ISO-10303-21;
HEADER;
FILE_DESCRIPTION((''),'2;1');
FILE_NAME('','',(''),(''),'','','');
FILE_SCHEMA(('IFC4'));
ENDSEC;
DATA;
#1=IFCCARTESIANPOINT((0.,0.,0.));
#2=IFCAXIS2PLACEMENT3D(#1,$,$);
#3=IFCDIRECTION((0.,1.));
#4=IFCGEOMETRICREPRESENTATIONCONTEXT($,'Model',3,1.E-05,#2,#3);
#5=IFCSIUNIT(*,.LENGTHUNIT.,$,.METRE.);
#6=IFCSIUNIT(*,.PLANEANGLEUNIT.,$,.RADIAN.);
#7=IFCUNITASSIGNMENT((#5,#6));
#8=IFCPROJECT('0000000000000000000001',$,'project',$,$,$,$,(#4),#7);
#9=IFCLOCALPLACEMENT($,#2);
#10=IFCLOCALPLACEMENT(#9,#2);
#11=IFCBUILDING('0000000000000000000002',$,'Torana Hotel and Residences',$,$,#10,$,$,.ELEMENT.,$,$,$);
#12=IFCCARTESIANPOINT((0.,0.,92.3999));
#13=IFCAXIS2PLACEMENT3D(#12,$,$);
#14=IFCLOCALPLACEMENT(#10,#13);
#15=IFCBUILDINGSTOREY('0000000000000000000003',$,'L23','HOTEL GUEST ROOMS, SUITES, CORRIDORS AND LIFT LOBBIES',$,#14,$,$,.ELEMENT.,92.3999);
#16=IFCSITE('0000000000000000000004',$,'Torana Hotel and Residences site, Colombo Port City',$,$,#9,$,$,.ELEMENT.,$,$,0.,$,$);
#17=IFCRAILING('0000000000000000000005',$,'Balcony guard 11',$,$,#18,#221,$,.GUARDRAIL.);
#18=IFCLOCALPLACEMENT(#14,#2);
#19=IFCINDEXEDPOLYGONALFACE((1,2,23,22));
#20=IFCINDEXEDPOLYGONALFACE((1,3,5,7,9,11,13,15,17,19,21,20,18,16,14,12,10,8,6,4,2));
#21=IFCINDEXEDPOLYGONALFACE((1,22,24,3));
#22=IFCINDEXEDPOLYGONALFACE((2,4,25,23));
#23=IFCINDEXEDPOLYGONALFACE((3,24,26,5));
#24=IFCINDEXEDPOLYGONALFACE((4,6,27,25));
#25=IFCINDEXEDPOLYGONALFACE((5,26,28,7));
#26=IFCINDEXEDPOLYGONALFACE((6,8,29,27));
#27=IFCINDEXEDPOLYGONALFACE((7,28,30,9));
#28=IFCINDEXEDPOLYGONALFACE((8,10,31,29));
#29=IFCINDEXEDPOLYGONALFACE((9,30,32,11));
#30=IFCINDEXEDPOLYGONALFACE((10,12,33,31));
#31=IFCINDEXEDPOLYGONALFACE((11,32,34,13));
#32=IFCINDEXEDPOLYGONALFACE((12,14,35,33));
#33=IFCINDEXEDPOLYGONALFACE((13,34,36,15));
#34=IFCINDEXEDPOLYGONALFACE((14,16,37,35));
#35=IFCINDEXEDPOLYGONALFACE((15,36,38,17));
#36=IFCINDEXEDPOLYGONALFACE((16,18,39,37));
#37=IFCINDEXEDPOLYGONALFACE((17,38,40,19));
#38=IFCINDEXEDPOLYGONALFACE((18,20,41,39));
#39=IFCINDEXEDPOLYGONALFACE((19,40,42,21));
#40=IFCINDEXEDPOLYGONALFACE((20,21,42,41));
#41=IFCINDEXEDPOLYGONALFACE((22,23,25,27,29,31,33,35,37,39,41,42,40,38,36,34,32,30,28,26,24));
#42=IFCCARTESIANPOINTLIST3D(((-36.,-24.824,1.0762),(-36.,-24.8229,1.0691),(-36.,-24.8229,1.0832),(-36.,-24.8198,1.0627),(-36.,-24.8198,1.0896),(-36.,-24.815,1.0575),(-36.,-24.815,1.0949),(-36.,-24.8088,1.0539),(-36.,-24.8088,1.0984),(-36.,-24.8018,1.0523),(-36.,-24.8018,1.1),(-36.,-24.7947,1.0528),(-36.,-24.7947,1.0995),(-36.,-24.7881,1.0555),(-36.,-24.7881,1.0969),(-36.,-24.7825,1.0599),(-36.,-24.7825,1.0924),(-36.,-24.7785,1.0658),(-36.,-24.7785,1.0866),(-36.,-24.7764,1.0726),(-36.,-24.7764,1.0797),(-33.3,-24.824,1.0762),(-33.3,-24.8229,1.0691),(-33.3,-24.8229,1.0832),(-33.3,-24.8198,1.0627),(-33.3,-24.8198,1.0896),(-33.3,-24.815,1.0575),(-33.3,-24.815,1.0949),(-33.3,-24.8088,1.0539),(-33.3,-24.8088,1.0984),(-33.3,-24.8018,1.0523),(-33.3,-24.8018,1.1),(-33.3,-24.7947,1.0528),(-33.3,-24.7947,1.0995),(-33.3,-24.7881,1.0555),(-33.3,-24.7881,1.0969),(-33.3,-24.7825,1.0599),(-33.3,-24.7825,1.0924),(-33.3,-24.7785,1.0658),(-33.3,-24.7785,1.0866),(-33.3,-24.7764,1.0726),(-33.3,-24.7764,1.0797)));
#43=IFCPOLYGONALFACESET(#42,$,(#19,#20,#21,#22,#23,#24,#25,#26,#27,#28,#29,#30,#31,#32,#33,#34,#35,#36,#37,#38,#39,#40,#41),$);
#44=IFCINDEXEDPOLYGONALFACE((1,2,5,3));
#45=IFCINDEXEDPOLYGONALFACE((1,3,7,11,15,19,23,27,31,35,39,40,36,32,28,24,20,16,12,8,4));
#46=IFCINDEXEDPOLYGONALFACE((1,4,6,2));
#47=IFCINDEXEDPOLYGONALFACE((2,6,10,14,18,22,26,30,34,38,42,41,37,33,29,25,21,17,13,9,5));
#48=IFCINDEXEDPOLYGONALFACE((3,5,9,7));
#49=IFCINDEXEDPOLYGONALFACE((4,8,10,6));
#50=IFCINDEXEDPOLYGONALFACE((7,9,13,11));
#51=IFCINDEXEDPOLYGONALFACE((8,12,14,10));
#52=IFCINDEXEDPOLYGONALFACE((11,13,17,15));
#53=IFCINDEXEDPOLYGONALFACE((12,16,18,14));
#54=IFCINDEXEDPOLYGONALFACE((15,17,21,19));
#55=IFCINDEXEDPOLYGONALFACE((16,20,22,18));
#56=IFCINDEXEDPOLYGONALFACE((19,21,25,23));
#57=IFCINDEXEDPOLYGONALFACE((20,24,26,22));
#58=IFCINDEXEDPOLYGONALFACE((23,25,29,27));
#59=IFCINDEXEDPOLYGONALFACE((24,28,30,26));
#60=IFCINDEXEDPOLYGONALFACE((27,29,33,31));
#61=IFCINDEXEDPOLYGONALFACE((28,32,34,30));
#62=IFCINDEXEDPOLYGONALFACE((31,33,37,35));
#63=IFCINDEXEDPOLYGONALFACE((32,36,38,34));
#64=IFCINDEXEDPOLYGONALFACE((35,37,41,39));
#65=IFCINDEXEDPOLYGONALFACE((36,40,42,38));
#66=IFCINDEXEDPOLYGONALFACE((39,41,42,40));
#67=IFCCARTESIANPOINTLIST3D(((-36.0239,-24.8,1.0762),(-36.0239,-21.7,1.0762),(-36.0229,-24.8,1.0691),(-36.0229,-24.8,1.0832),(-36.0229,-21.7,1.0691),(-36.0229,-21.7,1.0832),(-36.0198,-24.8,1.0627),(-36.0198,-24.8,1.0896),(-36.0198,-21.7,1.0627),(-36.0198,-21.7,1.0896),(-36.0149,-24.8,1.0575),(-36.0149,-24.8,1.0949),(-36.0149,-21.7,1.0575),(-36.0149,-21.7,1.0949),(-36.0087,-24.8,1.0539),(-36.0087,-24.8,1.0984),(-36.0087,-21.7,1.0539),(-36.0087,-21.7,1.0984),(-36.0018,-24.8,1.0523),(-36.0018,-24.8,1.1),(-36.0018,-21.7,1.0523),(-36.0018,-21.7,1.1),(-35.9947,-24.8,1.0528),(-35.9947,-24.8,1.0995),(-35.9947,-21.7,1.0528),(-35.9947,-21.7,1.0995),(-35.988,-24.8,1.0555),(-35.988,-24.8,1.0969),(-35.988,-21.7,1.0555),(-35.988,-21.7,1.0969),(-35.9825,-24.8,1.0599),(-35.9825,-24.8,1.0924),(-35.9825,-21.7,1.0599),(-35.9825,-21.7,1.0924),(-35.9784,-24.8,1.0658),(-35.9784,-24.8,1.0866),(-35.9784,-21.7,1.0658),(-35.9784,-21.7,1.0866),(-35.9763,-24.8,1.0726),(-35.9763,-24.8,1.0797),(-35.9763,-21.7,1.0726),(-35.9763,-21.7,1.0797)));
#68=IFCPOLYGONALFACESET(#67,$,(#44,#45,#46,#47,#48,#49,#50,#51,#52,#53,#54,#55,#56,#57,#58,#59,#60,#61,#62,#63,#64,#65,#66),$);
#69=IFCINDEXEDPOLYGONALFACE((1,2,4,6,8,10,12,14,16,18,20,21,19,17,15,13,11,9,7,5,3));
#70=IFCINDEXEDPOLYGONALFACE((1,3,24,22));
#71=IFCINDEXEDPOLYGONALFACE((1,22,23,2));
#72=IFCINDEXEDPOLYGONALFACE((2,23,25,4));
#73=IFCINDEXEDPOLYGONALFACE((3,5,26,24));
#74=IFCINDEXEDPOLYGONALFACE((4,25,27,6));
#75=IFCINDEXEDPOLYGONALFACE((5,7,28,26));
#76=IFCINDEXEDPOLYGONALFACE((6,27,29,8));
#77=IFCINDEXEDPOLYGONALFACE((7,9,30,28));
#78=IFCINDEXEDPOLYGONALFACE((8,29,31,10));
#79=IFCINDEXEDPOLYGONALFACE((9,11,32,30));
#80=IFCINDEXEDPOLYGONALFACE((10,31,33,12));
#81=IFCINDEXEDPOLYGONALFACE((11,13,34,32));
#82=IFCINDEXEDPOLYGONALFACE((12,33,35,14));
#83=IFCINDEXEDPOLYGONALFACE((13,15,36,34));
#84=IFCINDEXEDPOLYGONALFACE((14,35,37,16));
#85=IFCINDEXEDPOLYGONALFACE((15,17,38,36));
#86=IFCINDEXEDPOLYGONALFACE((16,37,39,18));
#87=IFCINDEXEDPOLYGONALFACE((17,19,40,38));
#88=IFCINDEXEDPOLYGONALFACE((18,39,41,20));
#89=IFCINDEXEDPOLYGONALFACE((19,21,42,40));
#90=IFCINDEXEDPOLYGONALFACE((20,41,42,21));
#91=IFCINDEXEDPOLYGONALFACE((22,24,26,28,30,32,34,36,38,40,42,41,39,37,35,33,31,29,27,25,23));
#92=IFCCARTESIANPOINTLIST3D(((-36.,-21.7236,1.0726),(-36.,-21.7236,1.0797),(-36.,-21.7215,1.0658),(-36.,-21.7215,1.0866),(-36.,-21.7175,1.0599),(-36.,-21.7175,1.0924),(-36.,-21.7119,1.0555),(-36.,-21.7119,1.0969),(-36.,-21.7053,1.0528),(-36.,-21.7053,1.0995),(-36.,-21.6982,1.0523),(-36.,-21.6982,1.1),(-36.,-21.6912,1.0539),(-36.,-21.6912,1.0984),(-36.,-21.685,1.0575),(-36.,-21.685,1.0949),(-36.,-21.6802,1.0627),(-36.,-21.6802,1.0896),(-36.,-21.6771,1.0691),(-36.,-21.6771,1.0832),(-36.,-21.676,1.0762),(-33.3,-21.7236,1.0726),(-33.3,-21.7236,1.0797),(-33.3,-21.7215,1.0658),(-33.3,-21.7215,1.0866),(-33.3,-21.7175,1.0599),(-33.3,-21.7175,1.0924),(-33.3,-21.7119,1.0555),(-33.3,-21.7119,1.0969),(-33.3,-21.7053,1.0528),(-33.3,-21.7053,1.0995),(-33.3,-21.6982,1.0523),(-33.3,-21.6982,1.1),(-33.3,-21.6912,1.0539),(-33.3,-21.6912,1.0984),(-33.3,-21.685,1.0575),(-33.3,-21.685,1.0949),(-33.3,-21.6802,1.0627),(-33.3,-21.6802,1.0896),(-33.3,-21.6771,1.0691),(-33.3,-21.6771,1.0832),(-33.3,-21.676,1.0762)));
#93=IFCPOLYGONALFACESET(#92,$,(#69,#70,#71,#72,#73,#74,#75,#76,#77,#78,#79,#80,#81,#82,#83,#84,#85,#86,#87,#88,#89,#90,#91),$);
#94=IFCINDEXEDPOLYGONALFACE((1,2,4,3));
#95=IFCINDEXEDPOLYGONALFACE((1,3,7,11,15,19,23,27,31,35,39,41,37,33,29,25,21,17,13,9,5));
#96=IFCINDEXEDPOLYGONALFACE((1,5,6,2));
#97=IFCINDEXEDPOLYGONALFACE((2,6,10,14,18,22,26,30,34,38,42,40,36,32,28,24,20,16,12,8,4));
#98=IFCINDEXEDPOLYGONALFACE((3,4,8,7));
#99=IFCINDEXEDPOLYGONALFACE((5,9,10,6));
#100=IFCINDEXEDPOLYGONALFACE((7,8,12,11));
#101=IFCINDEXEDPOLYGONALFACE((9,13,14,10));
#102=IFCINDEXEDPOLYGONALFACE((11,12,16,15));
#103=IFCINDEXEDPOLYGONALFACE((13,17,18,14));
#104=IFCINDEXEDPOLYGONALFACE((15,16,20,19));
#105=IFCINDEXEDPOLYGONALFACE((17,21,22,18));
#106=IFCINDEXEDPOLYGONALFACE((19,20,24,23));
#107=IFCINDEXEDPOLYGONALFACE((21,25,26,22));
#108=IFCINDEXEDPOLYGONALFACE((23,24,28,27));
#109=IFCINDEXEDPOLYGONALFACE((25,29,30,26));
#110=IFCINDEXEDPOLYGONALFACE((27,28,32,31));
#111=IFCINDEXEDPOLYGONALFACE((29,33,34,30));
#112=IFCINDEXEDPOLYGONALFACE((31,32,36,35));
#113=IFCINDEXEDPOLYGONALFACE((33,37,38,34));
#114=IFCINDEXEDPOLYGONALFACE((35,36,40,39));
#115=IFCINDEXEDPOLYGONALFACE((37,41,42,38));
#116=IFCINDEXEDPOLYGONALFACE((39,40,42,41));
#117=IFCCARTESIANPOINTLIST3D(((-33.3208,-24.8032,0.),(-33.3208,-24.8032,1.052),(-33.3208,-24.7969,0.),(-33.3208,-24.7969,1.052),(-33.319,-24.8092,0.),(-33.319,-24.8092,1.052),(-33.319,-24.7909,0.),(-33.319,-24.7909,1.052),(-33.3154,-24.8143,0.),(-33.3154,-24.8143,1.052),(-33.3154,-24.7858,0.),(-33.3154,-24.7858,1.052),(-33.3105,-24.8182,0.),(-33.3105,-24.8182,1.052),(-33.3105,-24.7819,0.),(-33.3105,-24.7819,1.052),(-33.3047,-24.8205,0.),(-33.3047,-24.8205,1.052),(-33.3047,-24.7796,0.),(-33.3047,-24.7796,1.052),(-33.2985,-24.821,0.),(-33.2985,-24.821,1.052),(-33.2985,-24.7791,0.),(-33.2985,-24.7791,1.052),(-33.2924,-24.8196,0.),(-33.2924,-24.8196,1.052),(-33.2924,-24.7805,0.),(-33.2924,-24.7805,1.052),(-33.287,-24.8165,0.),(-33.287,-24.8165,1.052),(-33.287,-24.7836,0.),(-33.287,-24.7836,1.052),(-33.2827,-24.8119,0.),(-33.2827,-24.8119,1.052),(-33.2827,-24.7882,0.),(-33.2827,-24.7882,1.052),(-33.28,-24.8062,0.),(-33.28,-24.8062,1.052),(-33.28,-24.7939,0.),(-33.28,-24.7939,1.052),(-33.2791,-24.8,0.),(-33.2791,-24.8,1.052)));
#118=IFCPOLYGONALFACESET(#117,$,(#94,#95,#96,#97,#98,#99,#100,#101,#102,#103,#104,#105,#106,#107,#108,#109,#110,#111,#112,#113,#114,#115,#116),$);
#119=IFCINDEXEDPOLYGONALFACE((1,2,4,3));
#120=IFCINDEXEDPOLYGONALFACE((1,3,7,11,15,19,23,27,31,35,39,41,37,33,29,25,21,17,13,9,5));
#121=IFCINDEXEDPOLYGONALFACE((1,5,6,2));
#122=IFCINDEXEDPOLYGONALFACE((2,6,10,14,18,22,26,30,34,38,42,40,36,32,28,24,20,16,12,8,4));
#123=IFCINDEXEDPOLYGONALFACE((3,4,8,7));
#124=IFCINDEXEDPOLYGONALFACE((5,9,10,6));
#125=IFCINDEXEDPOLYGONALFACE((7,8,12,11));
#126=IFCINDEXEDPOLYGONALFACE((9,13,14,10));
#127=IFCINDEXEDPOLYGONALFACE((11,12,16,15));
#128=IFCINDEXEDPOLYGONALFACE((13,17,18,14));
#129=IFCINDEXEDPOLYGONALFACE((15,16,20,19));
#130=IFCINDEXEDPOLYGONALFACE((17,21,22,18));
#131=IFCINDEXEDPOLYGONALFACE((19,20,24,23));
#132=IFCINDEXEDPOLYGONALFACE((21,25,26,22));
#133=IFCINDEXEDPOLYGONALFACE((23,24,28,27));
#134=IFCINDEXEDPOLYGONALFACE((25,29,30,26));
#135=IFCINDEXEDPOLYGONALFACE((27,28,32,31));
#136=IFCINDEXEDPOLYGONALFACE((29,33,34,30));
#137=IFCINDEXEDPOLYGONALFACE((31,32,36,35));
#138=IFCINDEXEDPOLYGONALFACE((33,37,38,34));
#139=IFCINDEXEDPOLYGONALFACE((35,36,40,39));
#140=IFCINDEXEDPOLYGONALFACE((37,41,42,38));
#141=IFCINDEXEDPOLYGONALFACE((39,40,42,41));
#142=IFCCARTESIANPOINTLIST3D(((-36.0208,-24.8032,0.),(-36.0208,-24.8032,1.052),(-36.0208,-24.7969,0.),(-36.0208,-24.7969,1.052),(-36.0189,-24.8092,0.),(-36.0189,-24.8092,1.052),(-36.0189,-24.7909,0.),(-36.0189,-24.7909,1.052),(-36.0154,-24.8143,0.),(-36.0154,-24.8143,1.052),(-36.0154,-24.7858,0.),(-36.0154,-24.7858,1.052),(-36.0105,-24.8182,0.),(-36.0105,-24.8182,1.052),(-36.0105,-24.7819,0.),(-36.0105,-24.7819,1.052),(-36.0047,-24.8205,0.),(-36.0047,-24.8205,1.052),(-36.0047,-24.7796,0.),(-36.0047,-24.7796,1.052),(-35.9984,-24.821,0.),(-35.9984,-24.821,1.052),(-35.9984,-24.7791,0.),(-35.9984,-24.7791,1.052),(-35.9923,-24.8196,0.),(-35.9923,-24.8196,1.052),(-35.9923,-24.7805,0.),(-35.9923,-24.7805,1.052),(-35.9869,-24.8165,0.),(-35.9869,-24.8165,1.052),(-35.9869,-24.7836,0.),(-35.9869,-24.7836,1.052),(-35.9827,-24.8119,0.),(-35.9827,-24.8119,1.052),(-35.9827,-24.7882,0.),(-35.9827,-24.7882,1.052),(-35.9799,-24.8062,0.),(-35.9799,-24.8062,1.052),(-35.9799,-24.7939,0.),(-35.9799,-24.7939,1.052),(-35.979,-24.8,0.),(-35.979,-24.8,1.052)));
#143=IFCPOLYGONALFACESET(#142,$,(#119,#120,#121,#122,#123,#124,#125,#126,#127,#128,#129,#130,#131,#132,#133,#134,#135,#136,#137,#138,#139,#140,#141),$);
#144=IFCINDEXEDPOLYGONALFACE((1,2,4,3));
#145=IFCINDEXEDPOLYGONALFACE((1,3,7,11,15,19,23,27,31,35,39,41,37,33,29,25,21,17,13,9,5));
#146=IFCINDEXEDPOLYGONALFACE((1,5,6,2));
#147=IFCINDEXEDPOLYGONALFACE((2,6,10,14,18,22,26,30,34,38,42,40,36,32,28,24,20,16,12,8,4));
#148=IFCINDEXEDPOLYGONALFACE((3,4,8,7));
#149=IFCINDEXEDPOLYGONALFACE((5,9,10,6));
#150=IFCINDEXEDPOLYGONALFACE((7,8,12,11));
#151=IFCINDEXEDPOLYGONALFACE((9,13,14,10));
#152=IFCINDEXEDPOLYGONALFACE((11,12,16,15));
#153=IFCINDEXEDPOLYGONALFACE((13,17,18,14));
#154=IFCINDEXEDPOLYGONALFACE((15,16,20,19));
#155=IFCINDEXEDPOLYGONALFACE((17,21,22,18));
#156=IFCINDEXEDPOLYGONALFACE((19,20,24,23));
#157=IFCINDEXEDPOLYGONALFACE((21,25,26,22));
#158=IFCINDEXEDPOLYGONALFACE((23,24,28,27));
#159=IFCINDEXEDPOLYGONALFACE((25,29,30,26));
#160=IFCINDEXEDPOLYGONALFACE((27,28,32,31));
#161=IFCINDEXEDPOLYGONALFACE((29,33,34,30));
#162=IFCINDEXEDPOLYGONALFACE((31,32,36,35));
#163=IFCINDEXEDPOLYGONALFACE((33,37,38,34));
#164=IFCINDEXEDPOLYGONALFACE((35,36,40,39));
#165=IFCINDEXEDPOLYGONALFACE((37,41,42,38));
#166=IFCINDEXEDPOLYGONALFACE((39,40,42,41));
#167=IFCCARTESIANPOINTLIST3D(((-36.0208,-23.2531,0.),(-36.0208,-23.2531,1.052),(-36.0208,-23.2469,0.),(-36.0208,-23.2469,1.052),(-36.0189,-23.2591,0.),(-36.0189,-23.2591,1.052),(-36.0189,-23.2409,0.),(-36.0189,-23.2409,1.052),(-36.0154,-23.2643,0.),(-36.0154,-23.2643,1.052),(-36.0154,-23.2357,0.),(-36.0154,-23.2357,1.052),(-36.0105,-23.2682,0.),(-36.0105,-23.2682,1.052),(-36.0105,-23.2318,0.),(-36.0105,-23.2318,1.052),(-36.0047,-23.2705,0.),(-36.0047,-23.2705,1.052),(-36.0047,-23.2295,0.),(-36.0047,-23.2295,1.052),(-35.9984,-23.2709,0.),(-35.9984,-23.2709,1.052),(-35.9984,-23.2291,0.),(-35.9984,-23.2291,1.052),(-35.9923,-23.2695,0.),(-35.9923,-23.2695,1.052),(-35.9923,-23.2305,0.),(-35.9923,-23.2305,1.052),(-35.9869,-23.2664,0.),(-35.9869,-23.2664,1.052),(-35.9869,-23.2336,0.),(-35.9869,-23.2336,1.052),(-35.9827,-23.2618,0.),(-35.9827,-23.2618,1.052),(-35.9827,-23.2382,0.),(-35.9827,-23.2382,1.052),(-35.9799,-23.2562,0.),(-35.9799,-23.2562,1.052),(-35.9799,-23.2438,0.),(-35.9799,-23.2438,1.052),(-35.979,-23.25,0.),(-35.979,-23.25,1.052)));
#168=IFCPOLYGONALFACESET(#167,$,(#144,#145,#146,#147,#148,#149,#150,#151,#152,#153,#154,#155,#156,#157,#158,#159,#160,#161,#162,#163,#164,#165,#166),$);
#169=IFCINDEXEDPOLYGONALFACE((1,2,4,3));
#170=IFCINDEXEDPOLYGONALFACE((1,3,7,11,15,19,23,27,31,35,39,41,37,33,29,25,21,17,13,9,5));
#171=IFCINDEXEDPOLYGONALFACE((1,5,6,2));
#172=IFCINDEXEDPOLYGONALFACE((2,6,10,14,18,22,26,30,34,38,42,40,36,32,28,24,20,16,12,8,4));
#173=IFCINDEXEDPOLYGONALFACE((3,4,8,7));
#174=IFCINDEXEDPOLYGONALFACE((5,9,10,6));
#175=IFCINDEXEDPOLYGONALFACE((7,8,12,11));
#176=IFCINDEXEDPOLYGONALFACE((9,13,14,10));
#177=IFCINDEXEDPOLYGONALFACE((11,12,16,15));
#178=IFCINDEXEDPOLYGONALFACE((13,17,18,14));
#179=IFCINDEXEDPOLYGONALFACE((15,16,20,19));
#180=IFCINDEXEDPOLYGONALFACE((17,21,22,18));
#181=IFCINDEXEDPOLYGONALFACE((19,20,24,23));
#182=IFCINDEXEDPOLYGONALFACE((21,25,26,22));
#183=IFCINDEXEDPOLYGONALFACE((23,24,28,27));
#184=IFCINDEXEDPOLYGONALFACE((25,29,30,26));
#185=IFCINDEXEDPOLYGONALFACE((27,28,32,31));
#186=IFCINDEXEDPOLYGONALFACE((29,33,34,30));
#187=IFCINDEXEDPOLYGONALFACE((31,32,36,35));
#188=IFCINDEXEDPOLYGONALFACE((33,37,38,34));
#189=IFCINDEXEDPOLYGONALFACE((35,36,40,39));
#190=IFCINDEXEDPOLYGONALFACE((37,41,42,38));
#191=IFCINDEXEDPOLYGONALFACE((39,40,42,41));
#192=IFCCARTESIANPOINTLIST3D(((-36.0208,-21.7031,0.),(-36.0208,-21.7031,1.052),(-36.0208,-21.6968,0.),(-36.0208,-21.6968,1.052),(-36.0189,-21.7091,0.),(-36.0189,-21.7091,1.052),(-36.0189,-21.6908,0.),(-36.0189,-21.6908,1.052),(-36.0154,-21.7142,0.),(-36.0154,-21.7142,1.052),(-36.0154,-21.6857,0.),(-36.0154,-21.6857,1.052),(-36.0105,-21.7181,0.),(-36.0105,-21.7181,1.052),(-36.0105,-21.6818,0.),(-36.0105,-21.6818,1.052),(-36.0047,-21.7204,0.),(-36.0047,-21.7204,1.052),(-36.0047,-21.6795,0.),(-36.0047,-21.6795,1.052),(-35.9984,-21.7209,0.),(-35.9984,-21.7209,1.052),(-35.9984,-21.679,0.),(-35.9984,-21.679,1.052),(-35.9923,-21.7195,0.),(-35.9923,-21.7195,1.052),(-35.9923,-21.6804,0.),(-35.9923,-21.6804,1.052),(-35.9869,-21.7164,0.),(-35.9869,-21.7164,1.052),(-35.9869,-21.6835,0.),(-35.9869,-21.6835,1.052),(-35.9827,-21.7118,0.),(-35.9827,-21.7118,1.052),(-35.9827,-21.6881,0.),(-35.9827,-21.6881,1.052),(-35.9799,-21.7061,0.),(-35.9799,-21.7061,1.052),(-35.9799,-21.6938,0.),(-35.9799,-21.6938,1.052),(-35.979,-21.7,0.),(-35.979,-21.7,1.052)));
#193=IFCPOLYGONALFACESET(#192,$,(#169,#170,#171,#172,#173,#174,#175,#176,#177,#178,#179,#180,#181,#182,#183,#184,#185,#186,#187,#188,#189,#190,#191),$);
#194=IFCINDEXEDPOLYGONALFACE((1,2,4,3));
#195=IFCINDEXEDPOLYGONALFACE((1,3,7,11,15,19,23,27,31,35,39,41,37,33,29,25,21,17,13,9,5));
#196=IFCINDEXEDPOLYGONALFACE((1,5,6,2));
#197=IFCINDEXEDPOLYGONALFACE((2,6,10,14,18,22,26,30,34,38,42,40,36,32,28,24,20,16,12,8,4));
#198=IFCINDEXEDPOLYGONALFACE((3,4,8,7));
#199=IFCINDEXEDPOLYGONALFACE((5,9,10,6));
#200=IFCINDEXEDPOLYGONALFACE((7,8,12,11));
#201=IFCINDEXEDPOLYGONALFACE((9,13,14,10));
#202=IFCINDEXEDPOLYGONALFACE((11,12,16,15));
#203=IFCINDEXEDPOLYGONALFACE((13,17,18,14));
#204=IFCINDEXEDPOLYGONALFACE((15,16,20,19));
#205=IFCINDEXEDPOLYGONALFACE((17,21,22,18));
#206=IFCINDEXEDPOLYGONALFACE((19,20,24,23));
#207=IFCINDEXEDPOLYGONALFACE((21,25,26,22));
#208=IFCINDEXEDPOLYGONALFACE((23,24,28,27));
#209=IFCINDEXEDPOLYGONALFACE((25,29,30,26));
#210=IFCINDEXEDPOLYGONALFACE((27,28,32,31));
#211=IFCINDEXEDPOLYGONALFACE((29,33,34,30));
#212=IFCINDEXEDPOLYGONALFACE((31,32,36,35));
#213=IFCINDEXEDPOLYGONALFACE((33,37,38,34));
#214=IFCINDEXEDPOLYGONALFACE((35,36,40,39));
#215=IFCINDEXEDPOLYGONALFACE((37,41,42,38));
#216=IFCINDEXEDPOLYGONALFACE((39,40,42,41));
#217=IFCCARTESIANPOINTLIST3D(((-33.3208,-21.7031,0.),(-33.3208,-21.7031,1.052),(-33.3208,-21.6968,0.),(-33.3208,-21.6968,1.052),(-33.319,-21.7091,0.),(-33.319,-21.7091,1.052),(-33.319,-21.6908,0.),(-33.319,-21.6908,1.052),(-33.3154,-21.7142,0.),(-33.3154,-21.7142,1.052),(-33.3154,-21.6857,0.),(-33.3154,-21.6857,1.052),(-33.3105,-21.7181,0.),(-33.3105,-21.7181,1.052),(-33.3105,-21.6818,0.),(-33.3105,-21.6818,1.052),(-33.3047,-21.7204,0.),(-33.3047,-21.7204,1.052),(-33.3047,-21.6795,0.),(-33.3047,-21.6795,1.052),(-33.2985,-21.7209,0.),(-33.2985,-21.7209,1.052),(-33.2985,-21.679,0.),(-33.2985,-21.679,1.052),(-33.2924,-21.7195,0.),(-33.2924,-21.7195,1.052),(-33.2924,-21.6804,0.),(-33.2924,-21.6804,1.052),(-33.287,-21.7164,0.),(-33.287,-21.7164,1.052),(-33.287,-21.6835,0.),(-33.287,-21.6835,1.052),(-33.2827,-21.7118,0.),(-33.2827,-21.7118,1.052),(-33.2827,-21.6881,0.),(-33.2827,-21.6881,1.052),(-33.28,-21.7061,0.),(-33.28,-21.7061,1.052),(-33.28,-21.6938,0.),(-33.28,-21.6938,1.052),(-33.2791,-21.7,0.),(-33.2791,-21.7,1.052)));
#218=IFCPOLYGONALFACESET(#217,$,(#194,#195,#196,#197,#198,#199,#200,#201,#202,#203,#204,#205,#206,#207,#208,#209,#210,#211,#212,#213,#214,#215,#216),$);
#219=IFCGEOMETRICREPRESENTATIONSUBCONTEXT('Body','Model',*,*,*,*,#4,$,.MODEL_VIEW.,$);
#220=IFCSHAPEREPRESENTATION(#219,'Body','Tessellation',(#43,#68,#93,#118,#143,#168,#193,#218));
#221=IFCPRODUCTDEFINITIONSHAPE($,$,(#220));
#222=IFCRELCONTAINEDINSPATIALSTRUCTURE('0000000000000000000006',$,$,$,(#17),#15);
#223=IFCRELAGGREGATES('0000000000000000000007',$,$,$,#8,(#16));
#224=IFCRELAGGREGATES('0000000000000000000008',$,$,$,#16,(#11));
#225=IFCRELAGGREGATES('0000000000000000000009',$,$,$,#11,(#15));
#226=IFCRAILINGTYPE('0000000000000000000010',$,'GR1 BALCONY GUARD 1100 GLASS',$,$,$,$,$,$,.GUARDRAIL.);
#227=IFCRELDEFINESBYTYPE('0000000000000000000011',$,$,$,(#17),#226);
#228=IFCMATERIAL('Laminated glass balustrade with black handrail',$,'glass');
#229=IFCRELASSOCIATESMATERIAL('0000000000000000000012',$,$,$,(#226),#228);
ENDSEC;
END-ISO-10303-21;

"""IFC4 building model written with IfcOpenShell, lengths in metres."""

from ifc_helpers import new_model, si_unit, direction, frame, origin, origin_2d, place, context, subcontext, project, spatial, circle, extrude, material, type_object, element, save


model = new_model("IFC4")

# Units and contexts
model_context = context("Model", 3, precision=1e-05, world=origin(), true_north=direction((0.0, 1.0)))
body_context = subcontext(model_context, "Body", "Model", "MODEL_VIEW")
ifc_project = project(units=[si_unit("LENGTHUNIT", "METRE"), si_unit("PLANEANGLEUNIT", "RADIAN")], contexts=[model_context])

# Site, building, storey
site_placement = place(None, origin())
site = spatial("IfcSite", under=ifc_project, at=site_placement, Name="Torana Hotel and Residences site, Colombo Port City", CompositionType="ELEMENT", RefElevation=0.0)
building_placement = place(site_placement, origin())
building = spatial("IfcBuilding", under=site, at=building_placement, Name="Torana Hotel and Residences", CompositionType="ELEMENT")
storey_placement = place(building_placement, frame((0.0, 0.0, 92.3999)))
storey = spatial("IfcBuildingStorey", under=building, at=storey_placement, Name="L23", Description="HOTEL GUEST ROOMS, SUITES, CORRIDORS AND LIFT LOBBIES", CompositionType="ELEMENT", Elevation=92.3999)

# Railing
ifc_material_1 = material(Name="Laminated glass balustrade with black handrail", Category="glass")
railing_type = type_object("IfcRailingType", Name="GR1 BALCONY GUARD 1100 GLASS", PredefinedType="GUARDRAIL", material=ifc_material_1)
railing_placement = place(storey_placement, frame((-33.3, -24.8, 0.0)))
element("IfcRailing", 1, at=railing_placement, inside=storey, type_object=railing_type, Name="Balcony guard 11", PredefinedType="GUARDRAIL", context=body_context, shape_type="SweptSolid", body=[
    extrude(circle(Radius=0.0239, at=origin_2d()), frame((0.0, 0.0, 1.0762), z_axis=(-1.0, 0.0, 0.0), x_axis=(0.0, -1.0, 0.0)), (0.0, 0.0, 1.0), 2.7),
    extrude(circle(Radius=0.0239, at=origin_2d()), frame((-2.7, 0.0, 1.0762), z_axis=(0.0, 1.0, 0.0), x_axis=(-1.0, 0.0, 0.0)), (0.0, 0.0, 1.0), 3.1001),
    extrude(circle(Radius=0.0239, at=origin_2d()), frame((-2.7, 3.1001, 1.0762), z_axis=(1.0, 0.0, 0.0), x_axis=(0.0, 1.0, 0.0)), (0.0, 0.0, 1.0), 2.7),
    extrude(circle(Radius=0.021, at=origin_2d()), origin(), (0.0, 0.0, 1.0), 1.052),
    extrude(circle(Radius=0.021, at=origin_2d()), frame((-2.7, 0.0, 0.0)), (0.0, 0.0, 1.0), 1.052),
    extrude(circle(Radius=0.021, at=origin_2d()), frame((-2.7, 1.55, 0.0)), (0.0, 0.0, 1.0), 1.052),
    extrude(circle(Radius=0.021, at=origin_2d()), frame((-2.7, 3.1001, 0.0)), (0.0, 0.0, 1.0), 1.052),
    extrude(circle(Radius=0.021, at=origin_2d()), frame((0.0, 3.1001, 0.0)), (0.0, 0.0, 1.0), 1.052),
])

save(model, "model.ifc")
